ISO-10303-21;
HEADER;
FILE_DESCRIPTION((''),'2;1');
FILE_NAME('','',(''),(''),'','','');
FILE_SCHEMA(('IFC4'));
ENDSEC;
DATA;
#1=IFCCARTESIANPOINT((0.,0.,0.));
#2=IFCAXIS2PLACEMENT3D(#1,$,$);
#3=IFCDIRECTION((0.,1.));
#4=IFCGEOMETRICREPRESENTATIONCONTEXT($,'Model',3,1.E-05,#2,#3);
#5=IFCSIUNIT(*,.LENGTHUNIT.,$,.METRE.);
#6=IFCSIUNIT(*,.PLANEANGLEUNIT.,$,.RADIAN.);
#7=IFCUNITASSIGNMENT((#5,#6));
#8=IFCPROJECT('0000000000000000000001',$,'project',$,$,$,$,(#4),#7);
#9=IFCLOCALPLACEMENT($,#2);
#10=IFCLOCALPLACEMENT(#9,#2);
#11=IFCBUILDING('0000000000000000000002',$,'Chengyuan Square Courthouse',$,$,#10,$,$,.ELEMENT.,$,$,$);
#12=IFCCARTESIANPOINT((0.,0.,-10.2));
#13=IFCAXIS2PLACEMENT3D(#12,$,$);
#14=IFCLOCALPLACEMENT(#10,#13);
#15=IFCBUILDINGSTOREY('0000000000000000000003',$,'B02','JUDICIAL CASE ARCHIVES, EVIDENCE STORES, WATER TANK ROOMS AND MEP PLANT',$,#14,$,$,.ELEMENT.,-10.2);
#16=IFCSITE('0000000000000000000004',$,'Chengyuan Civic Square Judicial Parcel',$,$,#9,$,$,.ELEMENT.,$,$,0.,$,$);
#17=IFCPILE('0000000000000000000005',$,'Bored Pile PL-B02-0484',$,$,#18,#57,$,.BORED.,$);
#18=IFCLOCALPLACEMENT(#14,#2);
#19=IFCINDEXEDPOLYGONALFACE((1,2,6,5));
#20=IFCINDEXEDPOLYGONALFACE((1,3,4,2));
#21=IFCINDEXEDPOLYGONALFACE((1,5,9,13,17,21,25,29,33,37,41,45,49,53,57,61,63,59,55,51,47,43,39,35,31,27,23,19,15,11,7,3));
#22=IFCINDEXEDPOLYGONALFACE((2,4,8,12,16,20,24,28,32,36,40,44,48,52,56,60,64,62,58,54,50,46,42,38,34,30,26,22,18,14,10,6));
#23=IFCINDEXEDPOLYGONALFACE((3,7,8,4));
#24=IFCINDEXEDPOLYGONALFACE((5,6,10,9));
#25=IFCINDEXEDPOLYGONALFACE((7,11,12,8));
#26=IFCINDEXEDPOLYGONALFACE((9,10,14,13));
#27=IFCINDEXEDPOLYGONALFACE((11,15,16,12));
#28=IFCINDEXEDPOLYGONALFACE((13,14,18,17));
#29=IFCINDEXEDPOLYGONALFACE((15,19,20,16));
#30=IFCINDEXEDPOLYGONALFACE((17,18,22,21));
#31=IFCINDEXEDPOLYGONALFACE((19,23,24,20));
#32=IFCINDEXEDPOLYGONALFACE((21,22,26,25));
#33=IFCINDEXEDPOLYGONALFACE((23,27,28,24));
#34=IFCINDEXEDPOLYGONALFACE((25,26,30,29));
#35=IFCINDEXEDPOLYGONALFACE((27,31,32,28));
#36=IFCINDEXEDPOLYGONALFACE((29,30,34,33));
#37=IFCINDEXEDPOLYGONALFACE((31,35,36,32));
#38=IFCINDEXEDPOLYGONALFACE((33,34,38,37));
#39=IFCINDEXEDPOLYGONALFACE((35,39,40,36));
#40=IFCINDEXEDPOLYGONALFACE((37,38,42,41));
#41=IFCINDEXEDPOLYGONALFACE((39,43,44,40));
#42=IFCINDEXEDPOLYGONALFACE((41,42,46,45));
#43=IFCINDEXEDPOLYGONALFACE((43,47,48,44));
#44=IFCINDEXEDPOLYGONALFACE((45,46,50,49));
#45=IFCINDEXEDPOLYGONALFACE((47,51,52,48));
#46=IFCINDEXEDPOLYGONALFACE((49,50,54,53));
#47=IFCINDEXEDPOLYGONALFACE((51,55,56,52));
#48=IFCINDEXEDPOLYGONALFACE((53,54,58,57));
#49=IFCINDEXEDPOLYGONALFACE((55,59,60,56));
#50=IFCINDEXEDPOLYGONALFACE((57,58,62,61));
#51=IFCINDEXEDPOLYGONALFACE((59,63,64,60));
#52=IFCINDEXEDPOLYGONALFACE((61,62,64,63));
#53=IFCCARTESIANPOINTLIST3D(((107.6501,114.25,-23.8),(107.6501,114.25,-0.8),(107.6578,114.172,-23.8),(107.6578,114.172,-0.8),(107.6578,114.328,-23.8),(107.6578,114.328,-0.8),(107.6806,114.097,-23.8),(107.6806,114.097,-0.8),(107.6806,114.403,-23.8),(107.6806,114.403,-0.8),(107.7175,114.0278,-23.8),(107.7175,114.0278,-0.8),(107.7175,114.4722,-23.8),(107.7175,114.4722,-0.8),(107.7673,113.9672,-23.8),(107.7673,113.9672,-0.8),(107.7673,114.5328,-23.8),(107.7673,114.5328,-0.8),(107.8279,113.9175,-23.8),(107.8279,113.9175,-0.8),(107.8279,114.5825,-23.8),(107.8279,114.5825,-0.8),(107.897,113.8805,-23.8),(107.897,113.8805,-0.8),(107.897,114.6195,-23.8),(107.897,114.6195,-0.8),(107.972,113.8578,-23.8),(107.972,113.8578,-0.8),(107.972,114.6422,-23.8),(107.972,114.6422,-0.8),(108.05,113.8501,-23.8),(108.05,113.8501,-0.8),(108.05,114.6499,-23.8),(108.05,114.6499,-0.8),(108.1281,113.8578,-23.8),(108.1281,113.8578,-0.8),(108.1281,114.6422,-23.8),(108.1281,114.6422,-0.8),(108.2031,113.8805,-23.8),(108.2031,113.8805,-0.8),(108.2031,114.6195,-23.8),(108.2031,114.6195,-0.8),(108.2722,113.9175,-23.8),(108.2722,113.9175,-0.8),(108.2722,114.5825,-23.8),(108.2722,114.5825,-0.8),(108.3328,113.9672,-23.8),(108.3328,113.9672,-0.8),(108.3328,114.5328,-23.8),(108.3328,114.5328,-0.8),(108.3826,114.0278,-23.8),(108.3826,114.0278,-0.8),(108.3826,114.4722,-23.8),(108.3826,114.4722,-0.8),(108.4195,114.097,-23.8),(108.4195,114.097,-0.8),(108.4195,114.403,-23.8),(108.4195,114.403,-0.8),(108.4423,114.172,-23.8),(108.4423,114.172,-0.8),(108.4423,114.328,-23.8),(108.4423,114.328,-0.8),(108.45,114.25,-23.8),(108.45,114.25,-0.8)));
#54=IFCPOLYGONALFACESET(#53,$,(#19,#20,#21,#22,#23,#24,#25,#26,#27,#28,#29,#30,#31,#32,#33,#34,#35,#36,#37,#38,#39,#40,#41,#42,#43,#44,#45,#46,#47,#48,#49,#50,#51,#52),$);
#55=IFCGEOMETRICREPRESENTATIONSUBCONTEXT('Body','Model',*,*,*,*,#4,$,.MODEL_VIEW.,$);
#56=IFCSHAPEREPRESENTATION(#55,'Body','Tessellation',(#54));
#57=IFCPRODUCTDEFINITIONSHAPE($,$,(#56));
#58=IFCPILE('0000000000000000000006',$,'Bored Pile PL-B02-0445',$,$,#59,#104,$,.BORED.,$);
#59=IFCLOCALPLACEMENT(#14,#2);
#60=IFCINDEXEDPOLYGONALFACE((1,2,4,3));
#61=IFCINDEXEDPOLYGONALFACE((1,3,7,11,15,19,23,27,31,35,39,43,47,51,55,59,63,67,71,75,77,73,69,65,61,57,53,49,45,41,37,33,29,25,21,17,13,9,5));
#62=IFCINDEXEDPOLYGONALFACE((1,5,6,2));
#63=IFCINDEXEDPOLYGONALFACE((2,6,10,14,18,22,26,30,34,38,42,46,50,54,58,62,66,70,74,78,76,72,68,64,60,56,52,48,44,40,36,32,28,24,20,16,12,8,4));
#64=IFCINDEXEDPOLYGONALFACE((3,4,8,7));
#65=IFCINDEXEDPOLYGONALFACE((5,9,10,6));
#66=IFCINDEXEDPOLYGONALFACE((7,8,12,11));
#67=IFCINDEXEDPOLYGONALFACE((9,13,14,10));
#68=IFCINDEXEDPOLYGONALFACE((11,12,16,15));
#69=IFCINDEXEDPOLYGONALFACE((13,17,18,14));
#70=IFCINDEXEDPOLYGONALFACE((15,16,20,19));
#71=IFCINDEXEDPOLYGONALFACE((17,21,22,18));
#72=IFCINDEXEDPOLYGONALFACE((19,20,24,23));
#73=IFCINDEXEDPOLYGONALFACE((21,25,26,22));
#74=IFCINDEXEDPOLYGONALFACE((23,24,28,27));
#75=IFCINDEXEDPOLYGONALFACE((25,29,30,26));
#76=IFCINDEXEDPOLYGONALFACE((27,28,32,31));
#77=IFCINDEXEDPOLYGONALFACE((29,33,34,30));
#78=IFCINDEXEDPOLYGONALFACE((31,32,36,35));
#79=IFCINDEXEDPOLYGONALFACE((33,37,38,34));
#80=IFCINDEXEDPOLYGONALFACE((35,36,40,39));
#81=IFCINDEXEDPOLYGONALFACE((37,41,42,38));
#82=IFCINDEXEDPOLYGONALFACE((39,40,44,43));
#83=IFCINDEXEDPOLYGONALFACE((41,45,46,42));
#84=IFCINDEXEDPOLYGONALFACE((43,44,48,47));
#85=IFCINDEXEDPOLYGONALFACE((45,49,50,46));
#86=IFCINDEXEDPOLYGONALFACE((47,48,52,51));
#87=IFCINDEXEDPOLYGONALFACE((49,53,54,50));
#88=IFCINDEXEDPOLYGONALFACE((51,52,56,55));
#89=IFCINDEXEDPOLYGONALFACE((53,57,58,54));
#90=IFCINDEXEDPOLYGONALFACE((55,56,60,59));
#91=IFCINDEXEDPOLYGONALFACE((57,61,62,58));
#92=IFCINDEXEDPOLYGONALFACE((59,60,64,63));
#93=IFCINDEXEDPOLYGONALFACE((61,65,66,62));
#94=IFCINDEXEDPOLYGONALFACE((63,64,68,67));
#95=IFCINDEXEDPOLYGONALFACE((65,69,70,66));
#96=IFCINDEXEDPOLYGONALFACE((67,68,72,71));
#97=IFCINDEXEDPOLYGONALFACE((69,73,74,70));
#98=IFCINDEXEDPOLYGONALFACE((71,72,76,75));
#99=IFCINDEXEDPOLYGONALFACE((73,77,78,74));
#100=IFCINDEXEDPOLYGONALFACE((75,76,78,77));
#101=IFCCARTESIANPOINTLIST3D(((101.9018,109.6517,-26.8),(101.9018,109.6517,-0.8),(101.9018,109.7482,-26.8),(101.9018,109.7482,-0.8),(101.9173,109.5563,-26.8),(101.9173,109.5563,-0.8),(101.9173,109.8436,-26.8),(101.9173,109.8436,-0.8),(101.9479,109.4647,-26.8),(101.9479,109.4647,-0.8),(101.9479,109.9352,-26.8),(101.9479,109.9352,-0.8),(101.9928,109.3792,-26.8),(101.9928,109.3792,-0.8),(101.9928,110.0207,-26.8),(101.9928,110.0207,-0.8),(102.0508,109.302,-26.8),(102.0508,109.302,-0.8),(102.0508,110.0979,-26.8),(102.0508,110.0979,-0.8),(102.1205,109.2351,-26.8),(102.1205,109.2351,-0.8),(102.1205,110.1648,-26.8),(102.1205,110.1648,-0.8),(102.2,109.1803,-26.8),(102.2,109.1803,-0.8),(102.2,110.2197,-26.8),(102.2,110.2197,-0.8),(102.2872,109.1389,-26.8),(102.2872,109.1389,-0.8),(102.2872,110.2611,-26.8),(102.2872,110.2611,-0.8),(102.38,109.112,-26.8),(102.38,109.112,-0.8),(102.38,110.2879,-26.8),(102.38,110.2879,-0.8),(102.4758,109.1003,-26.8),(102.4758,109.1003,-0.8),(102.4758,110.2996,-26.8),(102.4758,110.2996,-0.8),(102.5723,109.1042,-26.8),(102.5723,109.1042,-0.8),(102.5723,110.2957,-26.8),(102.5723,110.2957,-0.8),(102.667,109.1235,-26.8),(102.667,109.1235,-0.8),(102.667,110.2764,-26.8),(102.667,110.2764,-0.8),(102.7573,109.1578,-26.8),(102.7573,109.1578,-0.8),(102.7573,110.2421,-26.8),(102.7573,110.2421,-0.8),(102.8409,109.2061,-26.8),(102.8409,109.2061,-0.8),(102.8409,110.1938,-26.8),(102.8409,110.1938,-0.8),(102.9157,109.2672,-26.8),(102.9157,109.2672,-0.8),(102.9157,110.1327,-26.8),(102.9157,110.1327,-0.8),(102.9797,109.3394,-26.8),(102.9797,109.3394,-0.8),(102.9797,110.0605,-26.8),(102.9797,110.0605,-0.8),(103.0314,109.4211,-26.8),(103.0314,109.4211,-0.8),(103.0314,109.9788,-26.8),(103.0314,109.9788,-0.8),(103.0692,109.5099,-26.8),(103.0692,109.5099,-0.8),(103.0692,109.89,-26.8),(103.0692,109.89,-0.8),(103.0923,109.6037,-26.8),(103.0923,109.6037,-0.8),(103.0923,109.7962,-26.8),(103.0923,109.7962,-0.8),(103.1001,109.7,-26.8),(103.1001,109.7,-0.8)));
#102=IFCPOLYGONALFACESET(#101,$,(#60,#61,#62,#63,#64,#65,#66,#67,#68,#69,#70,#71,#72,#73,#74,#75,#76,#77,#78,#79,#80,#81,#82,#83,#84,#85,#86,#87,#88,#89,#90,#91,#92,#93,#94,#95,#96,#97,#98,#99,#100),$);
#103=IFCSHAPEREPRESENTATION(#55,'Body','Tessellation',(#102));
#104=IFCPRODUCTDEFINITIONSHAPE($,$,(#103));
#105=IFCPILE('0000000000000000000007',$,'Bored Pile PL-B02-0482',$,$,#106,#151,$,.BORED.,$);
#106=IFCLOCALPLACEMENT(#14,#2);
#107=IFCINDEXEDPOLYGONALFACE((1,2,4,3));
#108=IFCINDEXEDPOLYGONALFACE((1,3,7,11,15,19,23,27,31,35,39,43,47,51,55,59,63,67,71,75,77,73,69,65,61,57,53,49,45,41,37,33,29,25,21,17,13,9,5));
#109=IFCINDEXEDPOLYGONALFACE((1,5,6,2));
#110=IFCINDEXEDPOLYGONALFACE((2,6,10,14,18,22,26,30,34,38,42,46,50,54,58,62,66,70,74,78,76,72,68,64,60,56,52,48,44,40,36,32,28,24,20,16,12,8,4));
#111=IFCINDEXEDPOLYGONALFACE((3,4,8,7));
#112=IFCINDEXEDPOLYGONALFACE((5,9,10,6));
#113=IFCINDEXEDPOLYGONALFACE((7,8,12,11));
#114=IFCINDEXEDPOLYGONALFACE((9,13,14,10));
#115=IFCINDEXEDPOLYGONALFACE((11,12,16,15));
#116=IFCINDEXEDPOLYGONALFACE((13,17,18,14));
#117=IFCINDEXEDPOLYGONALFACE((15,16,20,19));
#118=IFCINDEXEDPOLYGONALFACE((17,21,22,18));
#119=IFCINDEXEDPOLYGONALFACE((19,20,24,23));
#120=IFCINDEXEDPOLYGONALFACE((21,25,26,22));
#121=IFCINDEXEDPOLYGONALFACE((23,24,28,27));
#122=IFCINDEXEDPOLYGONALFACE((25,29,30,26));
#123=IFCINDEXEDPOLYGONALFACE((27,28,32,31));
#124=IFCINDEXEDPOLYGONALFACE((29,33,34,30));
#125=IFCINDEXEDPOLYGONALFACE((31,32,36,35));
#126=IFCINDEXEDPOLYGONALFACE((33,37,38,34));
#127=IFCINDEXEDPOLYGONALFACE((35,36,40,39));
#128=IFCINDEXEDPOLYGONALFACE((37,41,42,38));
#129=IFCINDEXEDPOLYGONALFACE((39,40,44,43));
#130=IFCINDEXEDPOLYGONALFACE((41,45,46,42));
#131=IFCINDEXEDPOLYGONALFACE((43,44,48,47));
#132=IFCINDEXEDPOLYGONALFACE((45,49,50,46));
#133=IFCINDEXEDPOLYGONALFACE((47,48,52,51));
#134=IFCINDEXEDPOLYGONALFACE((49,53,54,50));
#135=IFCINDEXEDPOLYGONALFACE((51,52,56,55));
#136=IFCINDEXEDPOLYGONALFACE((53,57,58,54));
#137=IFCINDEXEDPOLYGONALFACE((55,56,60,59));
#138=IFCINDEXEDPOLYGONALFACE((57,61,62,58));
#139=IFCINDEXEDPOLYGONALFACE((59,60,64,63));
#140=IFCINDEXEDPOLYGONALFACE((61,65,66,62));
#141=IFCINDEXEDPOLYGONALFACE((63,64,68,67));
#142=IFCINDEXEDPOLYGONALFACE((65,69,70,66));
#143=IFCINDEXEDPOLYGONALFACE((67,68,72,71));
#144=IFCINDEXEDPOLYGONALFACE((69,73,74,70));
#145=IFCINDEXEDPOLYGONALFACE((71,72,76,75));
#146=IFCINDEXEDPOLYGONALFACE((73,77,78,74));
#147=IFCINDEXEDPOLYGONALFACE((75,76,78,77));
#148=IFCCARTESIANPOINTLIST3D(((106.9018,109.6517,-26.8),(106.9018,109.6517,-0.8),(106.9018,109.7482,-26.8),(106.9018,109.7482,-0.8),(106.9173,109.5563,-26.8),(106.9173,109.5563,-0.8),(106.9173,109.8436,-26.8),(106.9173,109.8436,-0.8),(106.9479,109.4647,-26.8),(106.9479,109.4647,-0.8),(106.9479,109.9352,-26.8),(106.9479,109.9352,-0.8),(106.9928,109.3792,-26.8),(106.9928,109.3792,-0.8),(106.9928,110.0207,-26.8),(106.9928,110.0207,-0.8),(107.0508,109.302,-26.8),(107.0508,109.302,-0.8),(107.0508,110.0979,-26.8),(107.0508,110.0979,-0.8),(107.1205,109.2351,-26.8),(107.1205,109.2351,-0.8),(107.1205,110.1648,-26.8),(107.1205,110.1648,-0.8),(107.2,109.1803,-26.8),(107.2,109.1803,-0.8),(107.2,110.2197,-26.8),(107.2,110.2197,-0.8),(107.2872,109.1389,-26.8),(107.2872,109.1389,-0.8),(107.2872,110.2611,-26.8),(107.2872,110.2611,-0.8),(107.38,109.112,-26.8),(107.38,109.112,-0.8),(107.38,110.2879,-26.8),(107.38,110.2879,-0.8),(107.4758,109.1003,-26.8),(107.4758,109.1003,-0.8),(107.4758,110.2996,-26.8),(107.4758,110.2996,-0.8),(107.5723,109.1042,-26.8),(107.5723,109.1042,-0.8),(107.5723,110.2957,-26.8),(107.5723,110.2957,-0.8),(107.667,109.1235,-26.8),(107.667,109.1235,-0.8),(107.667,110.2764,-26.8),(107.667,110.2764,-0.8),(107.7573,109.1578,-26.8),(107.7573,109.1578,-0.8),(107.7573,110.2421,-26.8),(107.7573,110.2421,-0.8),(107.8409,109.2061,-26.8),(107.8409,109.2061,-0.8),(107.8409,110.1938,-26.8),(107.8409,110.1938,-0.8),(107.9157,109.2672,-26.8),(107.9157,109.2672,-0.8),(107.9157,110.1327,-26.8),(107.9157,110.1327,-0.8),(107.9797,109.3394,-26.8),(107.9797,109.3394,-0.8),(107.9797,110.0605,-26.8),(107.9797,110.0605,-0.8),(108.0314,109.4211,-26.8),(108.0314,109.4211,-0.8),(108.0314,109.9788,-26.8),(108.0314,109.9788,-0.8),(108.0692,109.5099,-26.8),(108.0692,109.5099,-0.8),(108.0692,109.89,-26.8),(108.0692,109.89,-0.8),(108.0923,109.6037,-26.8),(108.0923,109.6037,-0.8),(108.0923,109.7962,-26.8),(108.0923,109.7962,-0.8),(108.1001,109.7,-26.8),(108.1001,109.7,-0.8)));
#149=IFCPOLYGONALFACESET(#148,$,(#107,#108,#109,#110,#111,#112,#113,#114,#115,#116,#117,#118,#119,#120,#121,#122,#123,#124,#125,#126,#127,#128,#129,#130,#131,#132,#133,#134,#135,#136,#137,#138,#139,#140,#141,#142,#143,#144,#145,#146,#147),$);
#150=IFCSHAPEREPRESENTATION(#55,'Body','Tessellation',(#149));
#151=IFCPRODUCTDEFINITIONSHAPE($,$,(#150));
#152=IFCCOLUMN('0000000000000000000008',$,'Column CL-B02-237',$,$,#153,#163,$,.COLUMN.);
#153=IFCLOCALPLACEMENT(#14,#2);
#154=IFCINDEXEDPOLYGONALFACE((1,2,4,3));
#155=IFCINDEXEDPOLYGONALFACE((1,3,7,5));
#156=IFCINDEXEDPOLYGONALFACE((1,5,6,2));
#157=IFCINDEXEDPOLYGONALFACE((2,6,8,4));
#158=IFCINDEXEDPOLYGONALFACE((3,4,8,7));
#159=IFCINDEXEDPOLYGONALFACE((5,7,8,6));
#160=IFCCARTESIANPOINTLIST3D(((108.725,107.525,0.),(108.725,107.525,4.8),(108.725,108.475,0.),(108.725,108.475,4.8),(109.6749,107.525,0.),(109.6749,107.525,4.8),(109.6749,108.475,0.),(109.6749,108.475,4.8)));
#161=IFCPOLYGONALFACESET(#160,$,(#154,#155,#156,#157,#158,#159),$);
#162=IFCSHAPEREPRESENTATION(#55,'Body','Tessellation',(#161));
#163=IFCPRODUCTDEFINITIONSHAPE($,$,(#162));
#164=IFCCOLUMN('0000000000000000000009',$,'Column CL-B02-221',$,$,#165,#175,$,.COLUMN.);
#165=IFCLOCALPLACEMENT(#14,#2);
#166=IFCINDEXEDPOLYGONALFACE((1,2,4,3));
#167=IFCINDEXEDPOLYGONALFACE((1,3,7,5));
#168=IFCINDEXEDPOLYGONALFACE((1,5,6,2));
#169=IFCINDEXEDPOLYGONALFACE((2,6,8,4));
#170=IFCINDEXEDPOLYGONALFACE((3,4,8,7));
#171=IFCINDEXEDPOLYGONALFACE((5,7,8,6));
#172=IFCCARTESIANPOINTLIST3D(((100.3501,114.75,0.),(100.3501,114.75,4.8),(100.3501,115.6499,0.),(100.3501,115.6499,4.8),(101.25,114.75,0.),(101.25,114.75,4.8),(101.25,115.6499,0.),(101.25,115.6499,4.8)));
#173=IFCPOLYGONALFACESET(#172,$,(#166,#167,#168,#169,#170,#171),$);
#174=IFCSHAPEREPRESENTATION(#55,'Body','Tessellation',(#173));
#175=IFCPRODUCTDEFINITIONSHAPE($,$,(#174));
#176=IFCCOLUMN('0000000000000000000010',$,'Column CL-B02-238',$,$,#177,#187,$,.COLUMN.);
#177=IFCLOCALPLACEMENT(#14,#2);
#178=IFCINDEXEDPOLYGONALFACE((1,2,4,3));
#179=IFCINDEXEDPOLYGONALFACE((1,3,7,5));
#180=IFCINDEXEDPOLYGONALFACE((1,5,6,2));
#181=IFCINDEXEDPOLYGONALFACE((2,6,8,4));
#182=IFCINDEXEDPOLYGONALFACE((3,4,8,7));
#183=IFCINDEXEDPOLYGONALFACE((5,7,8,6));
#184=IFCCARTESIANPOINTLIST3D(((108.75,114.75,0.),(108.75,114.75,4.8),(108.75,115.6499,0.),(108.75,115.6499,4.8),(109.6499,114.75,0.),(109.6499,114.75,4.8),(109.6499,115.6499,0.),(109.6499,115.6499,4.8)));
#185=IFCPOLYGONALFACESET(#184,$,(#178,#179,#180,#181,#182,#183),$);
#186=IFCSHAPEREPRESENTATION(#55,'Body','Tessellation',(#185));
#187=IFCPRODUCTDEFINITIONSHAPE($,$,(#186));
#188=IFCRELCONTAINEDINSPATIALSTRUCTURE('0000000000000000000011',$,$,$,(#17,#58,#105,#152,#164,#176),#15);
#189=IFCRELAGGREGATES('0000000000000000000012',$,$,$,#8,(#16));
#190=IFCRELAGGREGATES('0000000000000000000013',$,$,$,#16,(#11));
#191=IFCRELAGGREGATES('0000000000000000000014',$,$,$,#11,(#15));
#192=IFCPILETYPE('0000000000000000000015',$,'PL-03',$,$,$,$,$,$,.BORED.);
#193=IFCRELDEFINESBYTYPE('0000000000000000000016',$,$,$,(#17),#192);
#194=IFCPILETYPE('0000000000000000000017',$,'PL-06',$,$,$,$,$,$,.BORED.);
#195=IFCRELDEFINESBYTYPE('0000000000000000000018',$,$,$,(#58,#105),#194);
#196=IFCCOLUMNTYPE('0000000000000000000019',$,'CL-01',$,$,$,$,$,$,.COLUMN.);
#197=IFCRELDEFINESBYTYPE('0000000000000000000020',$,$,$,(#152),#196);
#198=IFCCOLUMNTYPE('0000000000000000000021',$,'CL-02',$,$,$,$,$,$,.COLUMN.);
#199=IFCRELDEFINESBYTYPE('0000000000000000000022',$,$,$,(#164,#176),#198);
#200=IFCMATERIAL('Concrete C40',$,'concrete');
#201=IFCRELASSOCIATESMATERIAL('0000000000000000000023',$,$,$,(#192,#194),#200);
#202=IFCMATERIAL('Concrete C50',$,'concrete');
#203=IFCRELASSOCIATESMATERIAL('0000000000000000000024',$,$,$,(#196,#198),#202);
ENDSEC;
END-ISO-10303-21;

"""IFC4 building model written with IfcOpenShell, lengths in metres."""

from ifc_helpers import new_model, si_unit, direction, frame, origin, origin_2d, place, context, subcontext, project, spatial, rectangle, circle, extrude, material, material_profile, profile_set, type_object, element, save


model = new_model("IFC4")

# Units and contexts
model_context = context("Model", 3, precision=1e-05, world=origin(), true_north=direction((0.0, 1.0)))
body_context = subcontext(model_context, "Body", "Model", "MODEL_VIEW")
ifc_project = project(units=[si_unit("LENGTHUNIT", "METRE"), si_unit("PLANEANGLEUNIT", "RADIAN")], contexts=[model_context])

# Site, building, storey
site_placement = place(None, origin())
site = spatial("IfcSite", under=ifc_project, at=site_placement, Name="Chengyuan Civic Square Judicial Parcel", CompositionType="ELEMENT", RefElevation=0.0)
building_placement = place(site_placement, origin())
building = spatial("IfcBuilding", under=site, at=building_placement, Name="Chengyuan Square Courthouse", CompositionType="ELEMENT")
storey_placement = place(building_placement, frame((0.0, 0.0, -10.2)))
storey = spatial("IfcBuildingStorey", under=building, at=storey_placement, Name="B02", Description="JUDICIAL CASE ARCHIVES, EVIDENCE STORES, WATER TANK ROOMS AND MEP PLANT", CompositionType="ELEMENT", Elevation=-10.2)

# Shared definitions
ifc_material_1 = material(Name="Concrete C40", Category="concrete")

# Piles
ifc_material_profile_1 = material_profile(ifc_material_1, circle(Radius=0.3999, at=origin_2d()), Name="BORED PILE D800")
ifc_profile_set_1 = profile_set([ifc_material_profile_1], Name="Concrete C40")
pile_type_1 = type_object("IfcPileType", Name="PL-03", PredefinedType="BORED", material=ifc_profile_set_1)
for number, where, z_axis, x_axis, name in (
    (1, (108.05, 114.25, -0.8), (0.0, 0.0, -1.0), (1.0, 0.0, 0.0), "Bored Pile PL-B02-0484"),
):
    element("IfcPile", number, at=place(storey_placement, frame(where, z_axis=z_axis, x_axis=x_axis)), inside=storey, type_object=pile_type_1, Name=name, PredefinedType="BORED", context=body_context, shape_type="SweptSolid", body=[
        extrude(circle(Radius=0.3999, at=origin_2d()), origin(), (0.0, 0.0, 1.0), 23.0),
    ])
ifc_material_profile_2 = material_profile(ifc_material_1, circle(Radius=0.6001, at=origin_2d()), Name="BORED PILE D1200")
ifc_profile_set_2 = profile_set([ifc_material_profile_2], Name="Concrete C40")
pile_type_2 = type_object("IfcPileType", Name="PL-06", PredefinedType="BORED", material=ifc_profile_set_2)
for number, where, z_axis, x_axis, name in (
    (2, (102.5, 109.7, -0.8), (0.0, 0.0, -1.0), (1.0, 0.0, 0.0), "Bored Pile PL-B02-0445"),
    (3, (107.5, 109.7, -0.8), (0.0, 0.0, -1.0), (1.0, 0.0, 0.0), "Bored Pile PL-B02-0482"),
):
    element("IfcPile", number, at=place(storey_placement, frame(where, z_axis=z_axis, x_axis=x_axis)), inside=storey, type_object=pile_type_2, Name=name, PredefinedType="BORED", context=body_context, shape_type="SweptSolid", body=[
        extrude(circle(Radius=0.6001, at=origin_2d()), origin(), (0.0, 0.0, 1.0), 26.0),
    ])

# Columns
ifc_material_2 = material(Name="Concrete C50", Category="concrete")
ifc_material_profile_3 = material_profile(ifc_material_2, rectangle(XDim=0.95, YDim=0.95, at=origin_2d()), Name="RC-COL-950x950")
ifc_profile_set_3 = profile_set([ifc_material_profile_3], Name="Concrete C50")
column_type_1 = type_object("IfcColumnType", Name="CL-01", PredefinedType="COLUMN", material=ifc_profile_set_3)
column_placement = place(storey_placement, frame((109.2, 108.0, 0.0), z_axis=(0.0, 0.0, 1.0), x_axis=(1.0, 0.0, 0.0)))
element("IfcColumn", 4, at=column_placement, inside=storey, type_object=column_type_1, Name="Column CL-B02-237", PredefinedType="COLUMN", context=body_context, shape_type="SweptSolid", body=[
    extrude(rectangle(XDim=0.95, YDim=0.95, at=origin_2d()), origin(), (0.0, 0.0, 1.0), 4.8),
])
ifc_material_profile_4 = material_profile(ifc_material_2, rectangle(XDim=0.8999, YDim=0.8999, at=origin_2d()), Name="RC-COL-900x900")
ifc_profile_set_4 = profile_set([ifc_material_profile_4], Name="Concrete C50")
column_type_2 = type_object("IfcColumnType", Name="CL-02", PredefinedType="COLUMN", material=ifc_profile_set_4)
for number, where, z_axis, x_axis, name in (
    (5, (100.8, 115.2, 0.0), (0.0, 0.0, 1.0), (1.0, 0.0, 0.0), "Column CL-B02-221"),
    (6, (109.2, 115.2, 0.0), (0.0, 0.0, 1.0), (1.0, 0.0, 0.0), "Column CL-B02-238"),
):
    element("IfcColumn", number, at=place(storey_placement, frame(where, z_axis=z_axis, x_axis=x_axis)), inside=storey, type_object=column_type_2, Name=name, PredefinedType="COLUMN", context=body_context, shape_type="SweptSolid", body=[
        extrude(rectangle(XDim=0.8999, YDim=0.8999, at=origin_2d()), origin(), (0.0, 0.0, 1.0), 4.8),
    ])

save(model, "model.ifc")
